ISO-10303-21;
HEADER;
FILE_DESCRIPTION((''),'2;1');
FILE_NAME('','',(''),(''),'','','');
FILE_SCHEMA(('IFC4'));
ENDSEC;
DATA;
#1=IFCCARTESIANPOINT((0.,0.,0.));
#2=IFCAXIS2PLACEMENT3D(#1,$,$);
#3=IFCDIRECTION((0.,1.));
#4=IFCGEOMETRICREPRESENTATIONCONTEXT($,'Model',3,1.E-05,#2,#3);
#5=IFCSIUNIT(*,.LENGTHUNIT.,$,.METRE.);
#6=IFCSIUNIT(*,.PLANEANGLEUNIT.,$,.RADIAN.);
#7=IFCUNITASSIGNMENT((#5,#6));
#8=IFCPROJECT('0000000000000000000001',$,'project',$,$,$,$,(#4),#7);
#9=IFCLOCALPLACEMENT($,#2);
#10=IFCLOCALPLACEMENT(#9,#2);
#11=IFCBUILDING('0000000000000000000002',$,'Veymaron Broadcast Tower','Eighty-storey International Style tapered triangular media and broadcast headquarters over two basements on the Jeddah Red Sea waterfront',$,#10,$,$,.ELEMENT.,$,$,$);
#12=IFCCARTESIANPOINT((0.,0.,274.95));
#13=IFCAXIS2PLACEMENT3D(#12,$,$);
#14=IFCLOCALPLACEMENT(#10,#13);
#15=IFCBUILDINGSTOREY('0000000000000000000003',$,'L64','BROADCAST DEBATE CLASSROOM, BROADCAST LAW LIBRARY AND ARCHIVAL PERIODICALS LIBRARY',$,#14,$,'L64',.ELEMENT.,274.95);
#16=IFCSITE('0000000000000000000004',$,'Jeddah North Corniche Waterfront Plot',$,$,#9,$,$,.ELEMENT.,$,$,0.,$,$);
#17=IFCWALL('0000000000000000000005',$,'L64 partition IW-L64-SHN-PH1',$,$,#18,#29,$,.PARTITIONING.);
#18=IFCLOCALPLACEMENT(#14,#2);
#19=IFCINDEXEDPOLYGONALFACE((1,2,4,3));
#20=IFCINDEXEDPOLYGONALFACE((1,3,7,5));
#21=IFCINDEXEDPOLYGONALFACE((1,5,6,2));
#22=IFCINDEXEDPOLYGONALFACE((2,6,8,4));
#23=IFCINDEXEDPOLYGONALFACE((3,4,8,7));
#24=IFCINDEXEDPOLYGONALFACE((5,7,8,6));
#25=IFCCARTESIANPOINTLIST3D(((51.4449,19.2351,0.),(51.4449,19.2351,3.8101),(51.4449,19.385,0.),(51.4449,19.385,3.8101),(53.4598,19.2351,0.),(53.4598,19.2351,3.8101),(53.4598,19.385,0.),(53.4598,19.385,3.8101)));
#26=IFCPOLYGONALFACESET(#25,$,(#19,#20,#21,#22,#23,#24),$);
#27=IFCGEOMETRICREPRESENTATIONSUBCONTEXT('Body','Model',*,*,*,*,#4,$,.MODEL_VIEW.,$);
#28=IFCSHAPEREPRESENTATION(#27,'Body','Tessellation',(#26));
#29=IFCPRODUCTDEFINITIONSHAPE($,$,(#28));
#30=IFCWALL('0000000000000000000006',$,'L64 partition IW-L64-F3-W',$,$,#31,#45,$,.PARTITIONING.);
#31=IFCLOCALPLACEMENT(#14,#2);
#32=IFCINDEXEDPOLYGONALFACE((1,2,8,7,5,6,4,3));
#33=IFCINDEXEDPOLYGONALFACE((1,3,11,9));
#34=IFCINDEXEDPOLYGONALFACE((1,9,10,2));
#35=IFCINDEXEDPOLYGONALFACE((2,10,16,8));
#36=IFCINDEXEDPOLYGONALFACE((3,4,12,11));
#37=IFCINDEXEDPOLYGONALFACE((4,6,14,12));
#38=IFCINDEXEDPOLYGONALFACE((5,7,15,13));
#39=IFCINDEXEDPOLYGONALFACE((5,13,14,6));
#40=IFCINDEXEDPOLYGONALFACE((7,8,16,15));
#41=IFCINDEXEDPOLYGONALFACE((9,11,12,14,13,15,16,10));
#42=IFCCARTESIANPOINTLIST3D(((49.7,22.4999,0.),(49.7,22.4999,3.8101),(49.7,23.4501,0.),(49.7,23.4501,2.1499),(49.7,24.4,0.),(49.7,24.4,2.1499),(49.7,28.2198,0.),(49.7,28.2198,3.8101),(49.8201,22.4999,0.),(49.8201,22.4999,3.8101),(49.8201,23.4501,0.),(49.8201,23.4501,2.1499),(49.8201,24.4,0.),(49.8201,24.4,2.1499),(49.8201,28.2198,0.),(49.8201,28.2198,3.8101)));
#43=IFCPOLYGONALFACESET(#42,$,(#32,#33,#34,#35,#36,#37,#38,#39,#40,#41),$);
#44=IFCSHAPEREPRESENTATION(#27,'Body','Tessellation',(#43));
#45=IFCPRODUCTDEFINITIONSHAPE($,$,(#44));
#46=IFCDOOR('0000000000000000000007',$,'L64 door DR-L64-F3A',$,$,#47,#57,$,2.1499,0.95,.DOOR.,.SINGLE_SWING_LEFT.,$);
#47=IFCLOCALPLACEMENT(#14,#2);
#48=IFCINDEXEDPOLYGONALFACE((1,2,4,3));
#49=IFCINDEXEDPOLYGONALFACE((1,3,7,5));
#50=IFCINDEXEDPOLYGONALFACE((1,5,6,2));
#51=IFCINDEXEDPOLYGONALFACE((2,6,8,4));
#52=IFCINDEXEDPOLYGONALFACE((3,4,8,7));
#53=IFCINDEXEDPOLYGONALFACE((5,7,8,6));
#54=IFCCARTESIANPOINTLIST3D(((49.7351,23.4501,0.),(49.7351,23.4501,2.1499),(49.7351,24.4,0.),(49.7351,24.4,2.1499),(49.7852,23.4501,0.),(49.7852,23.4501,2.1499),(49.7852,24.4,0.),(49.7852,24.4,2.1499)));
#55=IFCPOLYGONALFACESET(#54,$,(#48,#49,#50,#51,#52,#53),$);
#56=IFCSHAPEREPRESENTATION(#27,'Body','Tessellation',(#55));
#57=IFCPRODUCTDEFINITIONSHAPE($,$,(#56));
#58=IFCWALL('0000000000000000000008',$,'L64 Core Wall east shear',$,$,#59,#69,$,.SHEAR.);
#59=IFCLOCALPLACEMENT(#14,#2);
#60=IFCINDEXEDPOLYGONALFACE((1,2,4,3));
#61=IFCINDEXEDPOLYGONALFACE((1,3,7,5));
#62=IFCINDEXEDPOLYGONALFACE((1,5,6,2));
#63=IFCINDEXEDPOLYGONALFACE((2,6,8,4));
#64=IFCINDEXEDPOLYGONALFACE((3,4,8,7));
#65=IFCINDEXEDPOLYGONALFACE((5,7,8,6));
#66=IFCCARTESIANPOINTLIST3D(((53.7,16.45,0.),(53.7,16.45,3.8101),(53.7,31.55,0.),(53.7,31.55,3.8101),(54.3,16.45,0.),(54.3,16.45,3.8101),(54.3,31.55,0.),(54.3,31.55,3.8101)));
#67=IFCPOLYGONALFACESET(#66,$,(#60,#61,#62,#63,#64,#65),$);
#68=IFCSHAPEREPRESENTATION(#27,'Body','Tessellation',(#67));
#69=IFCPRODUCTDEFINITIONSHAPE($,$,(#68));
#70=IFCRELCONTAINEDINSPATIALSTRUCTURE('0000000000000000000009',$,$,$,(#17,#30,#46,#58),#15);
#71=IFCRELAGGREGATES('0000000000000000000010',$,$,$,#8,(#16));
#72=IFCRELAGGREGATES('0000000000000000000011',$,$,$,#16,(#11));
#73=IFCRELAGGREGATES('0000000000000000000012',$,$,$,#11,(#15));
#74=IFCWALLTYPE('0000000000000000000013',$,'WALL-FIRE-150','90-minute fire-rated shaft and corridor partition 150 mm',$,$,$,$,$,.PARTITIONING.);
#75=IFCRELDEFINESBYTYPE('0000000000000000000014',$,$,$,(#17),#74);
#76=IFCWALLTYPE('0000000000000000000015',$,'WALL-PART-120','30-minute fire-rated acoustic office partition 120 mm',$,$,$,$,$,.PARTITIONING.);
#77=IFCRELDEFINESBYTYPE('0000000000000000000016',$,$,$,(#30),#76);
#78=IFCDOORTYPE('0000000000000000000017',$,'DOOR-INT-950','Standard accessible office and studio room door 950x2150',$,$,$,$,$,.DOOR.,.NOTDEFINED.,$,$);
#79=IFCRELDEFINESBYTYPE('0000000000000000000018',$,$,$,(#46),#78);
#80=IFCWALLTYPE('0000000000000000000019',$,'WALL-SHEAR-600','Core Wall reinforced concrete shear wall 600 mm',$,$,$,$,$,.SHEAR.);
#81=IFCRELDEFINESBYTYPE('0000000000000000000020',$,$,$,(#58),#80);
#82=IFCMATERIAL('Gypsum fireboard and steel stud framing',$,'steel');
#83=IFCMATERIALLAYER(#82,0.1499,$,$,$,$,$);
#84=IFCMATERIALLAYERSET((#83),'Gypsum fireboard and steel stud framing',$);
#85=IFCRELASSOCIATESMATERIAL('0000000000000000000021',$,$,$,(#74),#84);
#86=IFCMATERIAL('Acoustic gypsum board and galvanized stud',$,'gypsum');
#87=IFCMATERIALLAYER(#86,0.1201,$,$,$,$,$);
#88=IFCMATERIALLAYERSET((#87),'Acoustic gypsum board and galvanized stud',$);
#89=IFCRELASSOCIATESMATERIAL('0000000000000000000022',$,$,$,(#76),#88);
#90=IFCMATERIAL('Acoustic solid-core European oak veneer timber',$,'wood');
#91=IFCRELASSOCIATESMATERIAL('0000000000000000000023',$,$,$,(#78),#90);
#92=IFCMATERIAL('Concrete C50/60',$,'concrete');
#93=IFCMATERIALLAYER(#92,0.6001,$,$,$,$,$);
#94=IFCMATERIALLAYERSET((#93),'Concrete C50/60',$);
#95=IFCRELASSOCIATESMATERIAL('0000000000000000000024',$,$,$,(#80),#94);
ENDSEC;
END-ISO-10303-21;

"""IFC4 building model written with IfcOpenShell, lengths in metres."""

from ifc_helpers import new_model, si_unit, direction, frame, frame_2d, origin, place, context, subcontext, project, spatial, rectangle, extrude, material, layer, layer_set, type_object, element, fill, save


model = new_model("IFC4")

# Units and contexts
model_context = context("Model", 3, precision=1e-05, world=origin(), true_north=direction((0.0, 1.0)))
body_context = subcontext(model_context, "Body", "Model", "MODEL_VIEW")
ifc_project = project(units=[si_unit("LENGTHUNIT", "METRE"), si_unit("PLANEANGLEUNIT", "RADIAN")], contexts=[model_context])

# Site, building, storey
site_placement = place(None, origin())
site = spatial("IfcSite", under=ifc_project, at=site_placement, Name="Jeddah North Corniche Waterfront Plot", CompositionType="ELEMENT", RefElevation=0.0)
building_placement = place(site_placement, origin())
building = spatial("IfcBuilding", under=site, at=building_placement, Name="Veymaron Broadcast Tower", Description="Eighty-storey International Style tapered triangular media and broadcast headquarters over two basements on the Jeddah Red Sea waterfront", CompositionType="ELEMENT")
storey_placement = place(building_placement, frame((0.0, 0.0, 274.95)))
storey = spatial("IfcBuildingStorey", under=building, at=storey_placement, Name="L64", Description="BROADCAST DEBATE CLASSROOM, BROADCAST LAW LIBRARY AND ARCHIVAL PERIODICALS LIBRARY", LongName="L64", CompositionType="ELEMENT", Elevation=274.95)

# Shared definitions
ifc_material_1 = material(Name="Gypsum fireboard and steel stud framing", Category="steel")
ifc_layer_1 = layer(ifc_material_1, 0.1499)
ifc_layer_set_1 = layer_set([ifc_layer_1], Name="Gypsum fireboard and steel stud framing")
wall_type_1 = type_object("IfcWallType", Name="WALL-FIRE-150", Description="90-minute fire-rated shaft and corridor partition 150 mm", PredefinedType="PARTITIONING", material=ifc_layer_set_1)

# Wall
for number, where, z_axis, x_axis, name in (
    (1, (51.4451, 19.3101, 0.0), (0.0, 0.0, 1.0), (1.0, 0.0, 0.0), "L64 partition IW-L64-SHN-PH1"),
):
    element("IfcWall", number, at=place(storey_placement, frame(where, z_axis=z_axis, x_axis=x_axis)), inside=storey, type_object=wall_type_1, Name=name, PredefinedType="PARTITIONING", context=body_context, shape_type="SweptSolid", body=[
        extrude(rectangle(XDim=2.0149, YDim=0.1499, at=frame_2d((1.0073, 0.0))), origin(), (0.0, 0.0, 1.0), 3.8101),
    ])

# Wall, opening, door
ifc_material_2 = material(Name="Acoustic gypsum board and galvanized stud", Category="gypsum")
ifc_layer_2 = layer(ifc_material_2, 0.1201)
ifc_layer_set_2 = layer_set([ifc_layer_2], Name="Acoustic gypsum board and galvanized stud")
wall_type_2 = type_object("IfcWallType", Name="WALL-PART-120", Description="30-minute fire-rated acoustic office partition 120 mm", PredefinedType="PARTITIONING", material=ifc_layer_set_2)
wall_1_placement = place(storey_placement, frame((49.76, 22.5, 0.0), z_axis=(0.0, 0.0, 1.0), x_axis=(0.0, 1.0, 0.0)))
wall_1 = element("IfcWall", 2, at=wall_1_placement, inside=storey, type_object=wall_type_2, Name="L64 partition IW-L64-F3-W", PredefinedType="PARTITIONING", context=body_context, shape_type="SweptSolid", body=[
    extrude(rectangle(XDim=5.72, YDim=0.1201, at=frame_2d((2.8599, 0.0))), origin(), (0.0, 0.0, 1.0), 3.8101),
])
opening_1_placement = place(wall_1_placement, frame((0.95, 0.0, 0.0)))
opening_1 = element("IfcOpeningElement", 3, at=opening_1_placement, cuts=wall_1, PredefinedType="OPENING", context=body_context, shape_type="SweptSolid", body=[
    extrude(rectangle(XDim=0.95, YDim=2.1499, at=frame_2d((0.4751, 1.075))), frame((0.0, 0.0701, 0.0), z_axis=(0.0, -1.0, 0.0), x_axis=(1.0, 0.0, 0.0)), (0.0, 0.0, 1.0), 0.1401),
])
ifc_material_3 = material(Name="Acoustic solid-core European oak veneer timber", Category="wood")
door_type_1 = type_object("IfcDoorType", Name="DOOR-INT-950", Description="Standard accessible office and studio room door 950x2150", OperationType="NOTDEFINED", PredefinedType="DOOR", material=ifc_material_3)
door_1_placement = place(opening_1_placement, origin())
door_1 = element("IfcDoor", 4, at=door_1_placement, inside=storey, type_object=door_type_1, Name="L64 door DR-L64-F3A", OperationType="SINGLE_SWING_LEFT", OverallHeight=2.1499, OverallWidth=0.95, PredefinedType="DOOR", context=body_context, shape_type="SweptSolid", body=[
    extrude(rectangle(XDim=0.95, YDim=2.1499, at=frame_2d((0.4751, 1.075))), frame((0.0, 0.0249, 0.0), z_axis=(0.0, -1.0, 0.0), x_axis=(1.0, 0.0, 0.0)), (0.0, 0.0, 1.0), 0.05),
])
fill(opening_1, door_1)

# Wall
ifc_material_4 = material(Name="Concrete C50/60", Category="concrete")
ifc_layer_3 = layer(ifc_material_4, 0.6001)
ifc_layer_set_3 = layer_set([ifc_layer_3], Name="Concrete C50/60")
wall_type_3 = type_object("IfcWallType", Name="WALL-SHEAR-600", Description="Core Wall reinforced concrete shear wall 600 mm", PredefinedType="SHEAR", material=ifc_layer_set_3)
wall_2_placement = place(storey_placement, frame((54.0, 16.45, 0.0), z_axis=(0.0, 0.0, 1.0), x_axis=(0.0, 1.0, 0.0)))
element("IfcWall", 5, at=wall_2_placement, inside=storey, type_object=wall_type_3, Name="L64 Core Wall east shear", PredefinedType="SHEAR", context=body_context, shape_type="SweptSolid", body=[
    extrude(rectangle(XDim=15.1001, YDim=0.6001, at=frame_2d((7.55, 0.0))), origin(), (0.0, 0.0, 1.0), 3.8101),
])

save(model, "model.ifc")
